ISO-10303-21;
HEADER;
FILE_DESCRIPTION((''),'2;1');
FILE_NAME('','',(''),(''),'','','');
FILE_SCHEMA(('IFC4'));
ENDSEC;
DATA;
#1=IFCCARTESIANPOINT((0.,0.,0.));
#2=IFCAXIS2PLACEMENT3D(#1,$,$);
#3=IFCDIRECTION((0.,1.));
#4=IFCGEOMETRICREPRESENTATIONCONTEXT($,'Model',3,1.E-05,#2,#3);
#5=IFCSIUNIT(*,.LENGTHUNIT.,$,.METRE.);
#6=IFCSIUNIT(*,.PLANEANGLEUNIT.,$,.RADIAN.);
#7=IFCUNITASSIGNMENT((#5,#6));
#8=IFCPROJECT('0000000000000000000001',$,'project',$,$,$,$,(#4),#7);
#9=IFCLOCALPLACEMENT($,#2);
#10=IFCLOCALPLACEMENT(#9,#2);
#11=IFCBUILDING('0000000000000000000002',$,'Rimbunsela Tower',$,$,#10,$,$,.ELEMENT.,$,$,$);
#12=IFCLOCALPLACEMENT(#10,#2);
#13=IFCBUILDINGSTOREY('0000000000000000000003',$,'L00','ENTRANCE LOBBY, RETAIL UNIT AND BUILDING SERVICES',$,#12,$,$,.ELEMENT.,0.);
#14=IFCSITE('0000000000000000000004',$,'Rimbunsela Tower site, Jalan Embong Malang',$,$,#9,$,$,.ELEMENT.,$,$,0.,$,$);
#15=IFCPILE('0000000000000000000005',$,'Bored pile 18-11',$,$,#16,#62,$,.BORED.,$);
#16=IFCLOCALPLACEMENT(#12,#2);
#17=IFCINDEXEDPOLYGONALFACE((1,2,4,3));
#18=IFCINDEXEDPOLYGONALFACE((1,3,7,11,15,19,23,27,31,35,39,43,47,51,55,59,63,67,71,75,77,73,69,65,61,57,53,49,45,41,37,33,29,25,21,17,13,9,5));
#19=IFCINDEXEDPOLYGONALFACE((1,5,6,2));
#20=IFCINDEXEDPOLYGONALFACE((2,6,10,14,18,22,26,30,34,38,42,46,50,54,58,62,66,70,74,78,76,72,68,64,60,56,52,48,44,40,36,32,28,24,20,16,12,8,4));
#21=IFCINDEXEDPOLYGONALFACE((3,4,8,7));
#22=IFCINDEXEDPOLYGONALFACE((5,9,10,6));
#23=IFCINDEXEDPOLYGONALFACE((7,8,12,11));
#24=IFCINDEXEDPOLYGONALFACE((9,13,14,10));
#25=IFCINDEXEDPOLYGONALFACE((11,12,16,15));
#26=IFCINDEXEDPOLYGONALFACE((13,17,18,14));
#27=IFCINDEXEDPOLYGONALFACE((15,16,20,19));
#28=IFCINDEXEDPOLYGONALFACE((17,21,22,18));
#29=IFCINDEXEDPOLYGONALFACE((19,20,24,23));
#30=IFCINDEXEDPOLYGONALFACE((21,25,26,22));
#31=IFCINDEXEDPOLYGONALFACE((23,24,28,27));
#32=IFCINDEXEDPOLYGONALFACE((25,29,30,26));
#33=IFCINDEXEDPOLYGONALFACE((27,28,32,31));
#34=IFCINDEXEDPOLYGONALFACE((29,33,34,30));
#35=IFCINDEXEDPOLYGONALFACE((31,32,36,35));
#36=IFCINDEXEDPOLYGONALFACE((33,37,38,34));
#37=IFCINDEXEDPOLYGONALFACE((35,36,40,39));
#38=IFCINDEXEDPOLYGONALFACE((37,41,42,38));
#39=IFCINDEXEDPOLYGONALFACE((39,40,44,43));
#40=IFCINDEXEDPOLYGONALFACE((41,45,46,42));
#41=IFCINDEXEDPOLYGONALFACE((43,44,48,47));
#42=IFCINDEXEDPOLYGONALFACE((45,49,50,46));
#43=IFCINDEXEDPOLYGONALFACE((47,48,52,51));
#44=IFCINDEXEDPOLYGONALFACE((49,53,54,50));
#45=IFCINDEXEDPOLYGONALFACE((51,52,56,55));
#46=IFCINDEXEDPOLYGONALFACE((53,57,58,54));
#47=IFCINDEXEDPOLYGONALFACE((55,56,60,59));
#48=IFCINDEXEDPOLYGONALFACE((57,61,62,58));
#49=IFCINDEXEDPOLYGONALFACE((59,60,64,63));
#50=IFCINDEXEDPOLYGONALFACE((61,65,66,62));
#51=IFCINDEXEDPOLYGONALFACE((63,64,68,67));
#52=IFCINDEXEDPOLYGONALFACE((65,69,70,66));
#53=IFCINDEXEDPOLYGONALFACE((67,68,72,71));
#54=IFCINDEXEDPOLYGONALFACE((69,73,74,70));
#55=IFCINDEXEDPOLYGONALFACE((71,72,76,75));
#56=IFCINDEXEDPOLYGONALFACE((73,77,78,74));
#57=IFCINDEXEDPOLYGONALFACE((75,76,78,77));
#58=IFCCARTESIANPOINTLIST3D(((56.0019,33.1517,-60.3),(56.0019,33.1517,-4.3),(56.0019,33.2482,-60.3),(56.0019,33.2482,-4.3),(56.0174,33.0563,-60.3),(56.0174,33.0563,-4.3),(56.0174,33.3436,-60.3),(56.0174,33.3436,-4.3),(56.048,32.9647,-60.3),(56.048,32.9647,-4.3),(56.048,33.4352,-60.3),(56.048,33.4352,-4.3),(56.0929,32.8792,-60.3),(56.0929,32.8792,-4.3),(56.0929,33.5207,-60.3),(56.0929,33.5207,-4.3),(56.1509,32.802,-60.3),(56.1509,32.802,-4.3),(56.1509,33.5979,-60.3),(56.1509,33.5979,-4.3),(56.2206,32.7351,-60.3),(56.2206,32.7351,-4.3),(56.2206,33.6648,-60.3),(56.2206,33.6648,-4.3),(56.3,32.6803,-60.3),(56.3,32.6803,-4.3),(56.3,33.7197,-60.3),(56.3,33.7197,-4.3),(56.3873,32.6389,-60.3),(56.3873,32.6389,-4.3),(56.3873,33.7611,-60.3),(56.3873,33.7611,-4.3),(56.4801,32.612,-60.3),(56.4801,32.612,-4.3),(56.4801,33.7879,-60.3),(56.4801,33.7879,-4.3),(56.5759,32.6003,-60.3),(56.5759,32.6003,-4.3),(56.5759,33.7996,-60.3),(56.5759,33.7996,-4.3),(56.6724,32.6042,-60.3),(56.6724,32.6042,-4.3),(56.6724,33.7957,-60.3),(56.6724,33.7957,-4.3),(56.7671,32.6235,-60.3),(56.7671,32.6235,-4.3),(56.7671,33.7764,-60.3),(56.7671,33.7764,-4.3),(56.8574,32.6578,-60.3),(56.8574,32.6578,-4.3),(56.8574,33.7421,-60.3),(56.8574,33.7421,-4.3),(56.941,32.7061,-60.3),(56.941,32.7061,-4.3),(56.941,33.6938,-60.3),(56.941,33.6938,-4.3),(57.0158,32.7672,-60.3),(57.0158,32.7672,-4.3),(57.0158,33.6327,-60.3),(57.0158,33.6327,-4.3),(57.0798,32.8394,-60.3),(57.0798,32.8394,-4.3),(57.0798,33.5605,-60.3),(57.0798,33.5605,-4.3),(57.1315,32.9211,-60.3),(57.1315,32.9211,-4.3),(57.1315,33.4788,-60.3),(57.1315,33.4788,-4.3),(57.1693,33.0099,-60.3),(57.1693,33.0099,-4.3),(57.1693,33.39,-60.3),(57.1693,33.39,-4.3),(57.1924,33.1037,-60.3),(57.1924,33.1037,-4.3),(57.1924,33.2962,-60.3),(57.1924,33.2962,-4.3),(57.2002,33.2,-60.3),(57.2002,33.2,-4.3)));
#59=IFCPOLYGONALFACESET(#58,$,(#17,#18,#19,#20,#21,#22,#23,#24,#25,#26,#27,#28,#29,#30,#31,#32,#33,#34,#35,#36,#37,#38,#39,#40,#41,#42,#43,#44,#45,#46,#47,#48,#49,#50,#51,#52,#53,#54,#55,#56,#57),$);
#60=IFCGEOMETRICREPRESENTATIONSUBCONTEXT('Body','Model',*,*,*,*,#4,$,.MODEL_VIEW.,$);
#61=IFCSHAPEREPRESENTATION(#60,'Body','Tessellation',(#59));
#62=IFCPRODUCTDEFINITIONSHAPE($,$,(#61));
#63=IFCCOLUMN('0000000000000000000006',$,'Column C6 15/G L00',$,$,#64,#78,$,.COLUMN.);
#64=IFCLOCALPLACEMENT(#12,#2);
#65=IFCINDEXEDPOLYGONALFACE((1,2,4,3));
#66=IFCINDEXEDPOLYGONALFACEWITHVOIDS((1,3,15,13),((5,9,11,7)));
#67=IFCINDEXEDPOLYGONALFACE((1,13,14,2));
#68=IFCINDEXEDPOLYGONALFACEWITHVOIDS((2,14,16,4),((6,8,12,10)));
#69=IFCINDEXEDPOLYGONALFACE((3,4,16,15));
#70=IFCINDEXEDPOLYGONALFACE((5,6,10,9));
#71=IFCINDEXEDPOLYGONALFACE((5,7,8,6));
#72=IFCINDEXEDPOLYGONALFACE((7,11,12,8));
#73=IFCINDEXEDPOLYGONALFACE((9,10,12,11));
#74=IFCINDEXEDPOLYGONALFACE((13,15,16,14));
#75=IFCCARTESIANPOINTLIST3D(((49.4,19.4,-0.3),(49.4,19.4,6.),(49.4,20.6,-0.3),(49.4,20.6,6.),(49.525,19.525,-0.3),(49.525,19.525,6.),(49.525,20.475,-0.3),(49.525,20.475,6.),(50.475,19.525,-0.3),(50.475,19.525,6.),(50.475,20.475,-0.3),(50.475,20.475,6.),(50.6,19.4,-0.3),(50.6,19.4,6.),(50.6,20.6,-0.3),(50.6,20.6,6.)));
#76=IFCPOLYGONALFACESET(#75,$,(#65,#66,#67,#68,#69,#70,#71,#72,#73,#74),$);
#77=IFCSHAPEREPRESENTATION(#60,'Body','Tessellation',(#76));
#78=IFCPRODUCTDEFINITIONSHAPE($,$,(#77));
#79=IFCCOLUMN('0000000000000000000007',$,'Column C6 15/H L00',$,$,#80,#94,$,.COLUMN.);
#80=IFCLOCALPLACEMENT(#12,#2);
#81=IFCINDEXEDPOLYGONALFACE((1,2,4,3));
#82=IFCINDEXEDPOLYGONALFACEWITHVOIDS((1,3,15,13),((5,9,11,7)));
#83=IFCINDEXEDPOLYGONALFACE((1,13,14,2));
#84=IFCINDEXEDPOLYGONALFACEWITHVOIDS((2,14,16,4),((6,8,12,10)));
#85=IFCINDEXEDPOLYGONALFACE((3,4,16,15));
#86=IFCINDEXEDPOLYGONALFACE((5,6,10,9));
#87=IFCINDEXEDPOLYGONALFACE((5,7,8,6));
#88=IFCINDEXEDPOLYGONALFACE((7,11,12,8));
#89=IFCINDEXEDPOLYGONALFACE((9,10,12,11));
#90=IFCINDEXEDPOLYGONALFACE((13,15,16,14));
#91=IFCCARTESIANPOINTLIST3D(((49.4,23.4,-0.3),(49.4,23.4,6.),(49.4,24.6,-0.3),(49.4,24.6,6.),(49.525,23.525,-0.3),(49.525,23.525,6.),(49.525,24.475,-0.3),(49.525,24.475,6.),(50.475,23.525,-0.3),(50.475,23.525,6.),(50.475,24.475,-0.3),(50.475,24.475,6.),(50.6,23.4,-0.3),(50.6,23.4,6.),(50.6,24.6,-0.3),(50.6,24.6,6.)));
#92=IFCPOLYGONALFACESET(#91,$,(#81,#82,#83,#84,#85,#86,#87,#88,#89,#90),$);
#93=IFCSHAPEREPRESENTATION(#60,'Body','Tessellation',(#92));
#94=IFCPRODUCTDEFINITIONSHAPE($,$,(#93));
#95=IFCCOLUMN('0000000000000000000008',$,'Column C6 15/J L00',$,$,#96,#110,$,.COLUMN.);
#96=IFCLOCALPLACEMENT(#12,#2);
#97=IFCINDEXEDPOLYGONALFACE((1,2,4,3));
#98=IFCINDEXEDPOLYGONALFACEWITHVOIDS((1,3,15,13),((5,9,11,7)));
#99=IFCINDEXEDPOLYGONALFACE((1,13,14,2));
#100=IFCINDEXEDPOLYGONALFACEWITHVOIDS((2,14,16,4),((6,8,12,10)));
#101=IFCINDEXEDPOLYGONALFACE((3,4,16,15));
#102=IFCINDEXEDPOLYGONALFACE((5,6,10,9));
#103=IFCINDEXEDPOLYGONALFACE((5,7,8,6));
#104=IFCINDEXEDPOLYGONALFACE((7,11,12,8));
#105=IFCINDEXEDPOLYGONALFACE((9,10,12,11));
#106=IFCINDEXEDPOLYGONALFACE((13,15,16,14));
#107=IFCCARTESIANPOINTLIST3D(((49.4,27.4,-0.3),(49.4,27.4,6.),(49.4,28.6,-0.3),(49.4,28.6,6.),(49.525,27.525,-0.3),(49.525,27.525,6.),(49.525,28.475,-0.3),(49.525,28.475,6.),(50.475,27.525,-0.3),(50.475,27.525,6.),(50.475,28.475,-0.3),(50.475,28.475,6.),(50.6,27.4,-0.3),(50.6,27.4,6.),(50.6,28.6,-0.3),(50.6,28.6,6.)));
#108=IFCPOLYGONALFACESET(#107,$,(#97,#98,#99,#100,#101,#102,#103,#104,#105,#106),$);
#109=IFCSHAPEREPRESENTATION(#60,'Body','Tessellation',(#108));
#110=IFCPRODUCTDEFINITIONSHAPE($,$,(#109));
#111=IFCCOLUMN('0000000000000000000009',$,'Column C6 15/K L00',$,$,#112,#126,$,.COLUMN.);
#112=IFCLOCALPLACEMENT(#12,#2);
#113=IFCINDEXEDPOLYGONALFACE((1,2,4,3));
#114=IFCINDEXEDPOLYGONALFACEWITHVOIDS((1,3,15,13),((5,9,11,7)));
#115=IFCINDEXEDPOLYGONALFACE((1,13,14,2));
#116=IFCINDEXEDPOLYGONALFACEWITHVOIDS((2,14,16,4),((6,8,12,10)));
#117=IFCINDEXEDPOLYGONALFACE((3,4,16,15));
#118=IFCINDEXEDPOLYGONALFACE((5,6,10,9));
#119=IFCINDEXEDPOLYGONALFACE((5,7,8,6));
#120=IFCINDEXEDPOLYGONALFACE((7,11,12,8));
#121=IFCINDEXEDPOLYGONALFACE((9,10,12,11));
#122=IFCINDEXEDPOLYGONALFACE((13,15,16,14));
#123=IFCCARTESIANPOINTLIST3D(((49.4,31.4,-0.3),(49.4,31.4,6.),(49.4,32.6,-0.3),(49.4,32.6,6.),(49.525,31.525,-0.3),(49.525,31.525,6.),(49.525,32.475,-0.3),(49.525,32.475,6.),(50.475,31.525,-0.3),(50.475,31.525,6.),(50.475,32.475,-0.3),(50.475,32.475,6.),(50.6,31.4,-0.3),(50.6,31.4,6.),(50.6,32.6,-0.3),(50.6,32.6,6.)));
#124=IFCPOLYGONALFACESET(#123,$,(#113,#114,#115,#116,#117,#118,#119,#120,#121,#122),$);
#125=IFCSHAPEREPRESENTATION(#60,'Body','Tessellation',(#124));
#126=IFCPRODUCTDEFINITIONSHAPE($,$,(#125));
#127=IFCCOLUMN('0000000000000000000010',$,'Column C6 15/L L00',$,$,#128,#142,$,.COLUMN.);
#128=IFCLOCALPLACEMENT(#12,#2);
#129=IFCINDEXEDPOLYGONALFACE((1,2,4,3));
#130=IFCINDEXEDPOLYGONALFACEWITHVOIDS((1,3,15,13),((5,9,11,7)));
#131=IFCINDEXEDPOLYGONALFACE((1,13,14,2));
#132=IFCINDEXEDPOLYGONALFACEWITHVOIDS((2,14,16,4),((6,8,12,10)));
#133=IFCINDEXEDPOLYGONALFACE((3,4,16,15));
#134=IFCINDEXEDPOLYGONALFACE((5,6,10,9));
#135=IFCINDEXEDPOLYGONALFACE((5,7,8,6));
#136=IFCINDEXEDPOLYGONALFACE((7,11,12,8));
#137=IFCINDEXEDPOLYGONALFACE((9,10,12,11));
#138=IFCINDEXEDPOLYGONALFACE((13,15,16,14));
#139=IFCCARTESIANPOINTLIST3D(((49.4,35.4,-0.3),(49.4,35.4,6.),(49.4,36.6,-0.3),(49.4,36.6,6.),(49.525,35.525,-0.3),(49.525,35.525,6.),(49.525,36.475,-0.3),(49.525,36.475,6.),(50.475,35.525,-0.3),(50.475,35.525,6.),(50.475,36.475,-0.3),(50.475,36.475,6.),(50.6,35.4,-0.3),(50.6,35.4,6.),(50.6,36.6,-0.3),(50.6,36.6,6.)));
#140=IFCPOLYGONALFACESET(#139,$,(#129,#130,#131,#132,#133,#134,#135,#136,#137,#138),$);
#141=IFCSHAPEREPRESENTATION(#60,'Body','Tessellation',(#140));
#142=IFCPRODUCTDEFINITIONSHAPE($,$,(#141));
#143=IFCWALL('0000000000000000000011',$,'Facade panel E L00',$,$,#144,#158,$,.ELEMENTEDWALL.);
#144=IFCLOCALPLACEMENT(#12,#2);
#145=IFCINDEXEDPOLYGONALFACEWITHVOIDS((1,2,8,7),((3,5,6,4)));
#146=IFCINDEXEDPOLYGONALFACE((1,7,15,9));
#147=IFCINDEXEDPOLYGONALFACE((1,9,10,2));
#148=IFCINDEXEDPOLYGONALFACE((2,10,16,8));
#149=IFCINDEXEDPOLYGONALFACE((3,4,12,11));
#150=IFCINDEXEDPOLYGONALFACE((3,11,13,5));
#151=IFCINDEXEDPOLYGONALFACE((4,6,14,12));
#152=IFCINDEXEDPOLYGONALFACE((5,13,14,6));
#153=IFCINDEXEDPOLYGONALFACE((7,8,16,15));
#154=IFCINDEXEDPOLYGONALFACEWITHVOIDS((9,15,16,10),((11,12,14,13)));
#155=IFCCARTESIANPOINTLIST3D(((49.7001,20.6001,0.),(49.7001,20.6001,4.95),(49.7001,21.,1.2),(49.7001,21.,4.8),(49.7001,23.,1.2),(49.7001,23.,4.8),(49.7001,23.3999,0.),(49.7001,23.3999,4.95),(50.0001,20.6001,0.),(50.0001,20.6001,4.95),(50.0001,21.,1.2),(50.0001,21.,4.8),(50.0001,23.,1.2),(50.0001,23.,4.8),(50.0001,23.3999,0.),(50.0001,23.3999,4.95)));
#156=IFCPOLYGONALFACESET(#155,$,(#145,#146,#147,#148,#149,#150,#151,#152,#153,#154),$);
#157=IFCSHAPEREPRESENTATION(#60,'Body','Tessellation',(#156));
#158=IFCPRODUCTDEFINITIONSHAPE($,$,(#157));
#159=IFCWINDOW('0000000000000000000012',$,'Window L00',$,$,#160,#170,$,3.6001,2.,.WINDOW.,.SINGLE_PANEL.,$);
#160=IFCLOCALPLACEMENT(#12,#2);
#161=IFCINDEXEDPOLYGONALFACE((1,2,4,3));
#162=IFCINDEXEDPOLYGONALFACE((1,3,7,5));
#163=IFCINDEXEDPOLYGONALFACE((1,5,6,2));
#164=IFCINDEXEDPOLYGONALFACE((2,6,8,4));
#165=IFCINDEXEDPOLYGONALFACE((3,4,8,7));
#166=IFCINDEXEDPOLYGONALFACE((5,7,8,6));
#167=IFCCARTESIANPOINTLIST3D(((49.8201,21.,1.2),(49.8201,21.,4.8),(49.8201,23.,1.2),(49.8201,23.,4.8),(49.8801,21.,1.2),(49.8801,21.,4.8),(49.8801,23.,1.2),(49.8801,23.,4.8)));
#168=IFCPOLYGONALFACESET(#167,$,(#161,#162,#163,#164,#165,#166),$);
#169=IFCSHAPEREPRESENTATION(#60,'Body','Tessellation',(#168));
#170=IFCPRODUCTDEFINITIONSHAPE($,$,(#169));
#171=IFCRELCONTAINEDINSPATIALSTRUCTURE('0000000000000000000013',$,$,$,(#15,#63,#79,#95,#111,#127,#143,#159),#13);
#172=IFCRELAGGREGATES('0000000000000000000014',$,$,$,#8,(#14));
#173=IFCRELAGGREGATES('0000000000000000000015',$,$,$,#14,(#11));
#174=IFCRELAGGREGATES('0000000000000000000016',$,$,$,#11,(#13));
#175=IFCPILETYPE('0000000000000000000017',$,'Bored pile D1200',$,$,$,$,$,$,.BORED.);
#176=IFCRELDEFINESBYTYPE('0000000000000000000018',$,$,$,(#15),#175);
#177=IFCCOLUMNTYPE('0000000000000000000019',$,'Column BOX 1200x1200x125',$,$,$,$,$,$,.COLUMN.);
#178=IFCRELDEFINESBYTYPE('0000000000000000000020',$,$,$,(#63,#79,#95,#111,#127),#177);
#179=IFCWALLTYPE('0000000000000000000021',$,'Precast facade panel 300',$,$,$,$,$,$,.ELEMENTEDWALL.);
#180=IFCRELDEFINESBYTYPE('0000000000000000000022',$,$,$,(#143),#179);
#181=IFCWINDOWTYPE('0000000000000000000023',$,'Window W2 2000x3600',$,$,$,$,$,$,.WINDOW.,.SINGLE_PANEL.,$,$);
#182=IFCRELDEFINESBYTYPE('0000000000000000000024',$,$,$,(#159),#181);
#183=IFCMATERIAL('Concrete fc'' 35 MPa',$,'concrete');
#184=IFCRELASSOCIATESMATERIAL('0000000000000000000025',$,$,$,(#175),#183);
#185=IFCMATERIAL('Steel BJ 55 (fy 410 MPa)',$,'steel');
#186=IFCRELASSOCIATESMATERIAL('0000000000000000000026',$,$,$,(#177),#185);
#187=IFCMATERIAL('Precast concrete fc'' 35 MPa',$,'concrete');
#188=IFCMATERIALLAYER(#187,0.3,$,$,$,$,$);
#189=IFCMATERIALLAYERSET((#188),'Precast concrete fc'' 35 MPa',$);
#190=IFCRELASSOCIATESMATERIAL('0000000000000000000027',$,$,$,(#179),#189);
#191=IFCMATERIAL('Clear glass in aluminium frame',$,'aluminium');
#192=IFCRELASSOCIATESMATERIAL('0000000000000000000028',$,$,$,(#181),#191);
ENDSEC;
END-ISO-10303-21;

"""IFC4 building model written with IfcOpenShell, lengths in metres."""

from ifc_helpers import new_model, si_unit, direction, frame, frame_2d, origin, origin_2d, place, context, subcontext, project, spatial, rectangle, hollow_rectangle, circle, extrude, material, layer, layer_set, material_profile, profile_set, type_object, element, fill, save


model = new_model("IFC4")

# Units and contexts
model_context = context("Model", 3, precision=1e-05, world=origin(), true_north=direction((0.0, 1.0)))
body_context = subcontext(model_context, "Body", "Model", "MODEL_VIEW")
ifc_project = project(units=[si_unit("LENGTHUNIT", "METRE"), si_unit("PLANEANGLEUNIT", "RADIAN")], contexts=[model_context])

# Site, building, storey
site_placement = place(None, origin())
site = spatial("IfcSite", under=ifc_project, at=site_placement, Name="Rimbunsela Tower site, Jalan Embong Malang", CompositionType="ELEMENT", RefElevation=0.0)
building_placement = place(site_placement, origin())
building = spatial("IfcBuilding", under=site, at=building_placement, Name="Rimbunsela Tower", CompositionType="ELEMENT")
storey_placement = place(building_placement, origin())
storey = spatial("IfcBuildingStorey", under=building, at=storey_placement, Name="L00", Description="ENTRANCE LOBBY, RETAIL UNIT AND BUILDING SERVICES", CompositionType="ELEMENT", Elevation=0.0)

# Pile
ifc_material_1 = material(Name="Concrete fc' 35 MPa", Category="concrete")
ifc_material_profile_1 = material_profile(ifc_material_1, circle(Radius=0.6001, at=origin_2d()), Name="BP D1200")
ifc_profile_set_1 = profile_set([ifc_material_profile_1], Name="Concrete fc' 35 MPa")
pile_type = type_object("IfcPileType", Name="Bored pile D1200", PredefinedType="BORED", material=ifc_profile_set_1)
for number, where, z_axis, x_axis, name in (
    (1, (56.6001, 33.2, -4.3), (0.0, 0.0, -1.0), (1.0, 0.0, 0.0), "Bored pile 18-11"),
):
    element("IfcPile", number, at=place(storey_placement, frame(where, z_axis=z_axis, x_axis=x_axis)), inside=storey, type_object=pile_type, Name=name, PredefinedType="BORED", context=body_context, shape_type="SweptSolid", body=[
        extrude(circle(Radius=0.6001, at=origin_2d()), origin(), (0.0, 0.0, 1.0), 56.0),
    ])

# Columns
ifc_material_2 = material(Name="Steel BJ 55 (fy 410 MPa)", Category="steel")
ifc_material_profile_2 = material_profile(ifc_material_2, hollow_rectangle(XDim=1.2, YDim=1.2, WallThickness=0.125, at=origin_2d()), Name="BOX 1200x1200x125")
ifc_profile_set_2 = profile_set([ifc_material_profile_2], Name="Steel BJ 55 (fy 410 MPa)")
column_type = type_object("IfcColumnType", Name="Column BOX 1200x1200x125", PredefinedType="COLUMN", material=ifc_profile_set_2)
for number, where, z_axis, x_axis, name in (
    (2, (50.0, 20.0, -0.3), (0.0, 0.0, 1.0), (1.0, 0.0, 0.0), "Column C6 15/G L00"),
    (3, (50.0, 24.0, -0.3), (0.0, 0.0, 1.0), (1.0, 0.0, 0.0), "Column C6 15/H L00"),
    (4, (50.0, 28.0, -0.3), (0.0, 0.0, 1.0), (1.0, 0.0, 0.0), "Column C6 15/J L00"),
    (5, (50.0, 32.0, -0.3), (0.0, 0.0, 1.0), (1.0, 0.0, 0.0), "Column C6 15/K L00"),
    (6, (50.0, 36.0, -0.3), (0.0, 0.0, 1.0), (1.0, 0.0, 0.0), "Column C6 15/L L00"),
):
    element("IfcColumn", number, at=place(storey_placement, frame(where, z_axis=z_axis, x_axis=x_axis)), inside=storey, type_object=column_type, Name=name, PredefinedType="COLUMN", context=body_context, shape_type="SweptSolid", body=[
        extrude(hollow_rectangle(XDim=1.2, YDim=1.2, WallThickness=0.125, at=origin_2d()), origin(), (0.0, 0.0, 1.0), 6.3),
    ])

# Wall, opening, window
ifc_material_3 = material(Name="Precast concrete fc' 35 MPa", Category="concrete")
ifc_layer = layer(ifc_material_3, 0.3)
ifc_layer_set = layer_set([ifc_layer], Name="Precast concrete fc' 35 MPa")
wall_type = type_object("IfcWallType", Name="Precast facade panel 300", PredefinedType="ELEMENTEDWALL", material=ifc_layer_set)
wall_1_placement = place(storey_placement, frame((49.8501, 20.6001, 0.0), z_axis=(0.0, 0.0, 1.0), x_axis=(0.0, 1.0, 0.0)))
wall_1 = element("IfcWall", 7, at=wall_1_placement, inside=storey, type_object=wall_type, Name="Facade panel E L00", PredefinedType="ELEMENTEDWALL", context=body_context, shape_type="SweptSolid", body=[
    extrude(rectangle(XDim=2.7998, YDim=0.3, at=frame_2d((1.3999, 0.0))), origin(), (0.0, 0.0, 1.0), 4.95),
])
opening_1_placement = place(wall_1_placement, frame((0.3999, 0.0, 1.2)))
opening_1 = element("IfcOpeningElement", 8, at=opening_1_placement, cuts=wall_1, PredefinedType="OPENING", context=body_context, shape_type="SweptSolid", body=[
    extrude(rectangle(XDim=2.0, YDim=3.6001, at=frame_2d((1.0, 1.8))), frame((0.0, 0.1599, 0.0), z_axis=(0.0, -1.0, 0.0), x_axis=(1.0, 0.0, 0.0)), (0.0, 0.0, 1.0), 0.3201),
])
ifc_material_4 = material(Name="Clear glass in aluminium frame", Category="aluminium")
window_type = type_object("IfcWindowType", Name="Window W2 2000x3600", PartitioningType="SINGLE_PANEL", PredefinedType="WINDOW", material=ifc_material_4)
window_1_placement = place(opening_1_placement, origin())
window_1 = element("IfcWindow", 9, at=window_1_placement, inside=storey, type_object=window_type, Name="Window L00", OverallHeight=3.6001, OverallWidth=2.0, PartitioningType="SINGLE_PANEL", PredefinedType="WINDOW", context=body_context, shape_type="SweptSolid", body=[
    extrude(rectangle(XDim=2.0, YDim=3.6001, at=frame_2d((1.0, 1.8))), frame((0.0, 0.03, 0.0), z_axis=(0.0, -1.0, 0.0), x_axis=(1.0, 0.0, 0.0)), (0.0, 0.0, 1.0), 0.0601),
])
fill(opening_1, window_1)

save(model, "model.ifc")
